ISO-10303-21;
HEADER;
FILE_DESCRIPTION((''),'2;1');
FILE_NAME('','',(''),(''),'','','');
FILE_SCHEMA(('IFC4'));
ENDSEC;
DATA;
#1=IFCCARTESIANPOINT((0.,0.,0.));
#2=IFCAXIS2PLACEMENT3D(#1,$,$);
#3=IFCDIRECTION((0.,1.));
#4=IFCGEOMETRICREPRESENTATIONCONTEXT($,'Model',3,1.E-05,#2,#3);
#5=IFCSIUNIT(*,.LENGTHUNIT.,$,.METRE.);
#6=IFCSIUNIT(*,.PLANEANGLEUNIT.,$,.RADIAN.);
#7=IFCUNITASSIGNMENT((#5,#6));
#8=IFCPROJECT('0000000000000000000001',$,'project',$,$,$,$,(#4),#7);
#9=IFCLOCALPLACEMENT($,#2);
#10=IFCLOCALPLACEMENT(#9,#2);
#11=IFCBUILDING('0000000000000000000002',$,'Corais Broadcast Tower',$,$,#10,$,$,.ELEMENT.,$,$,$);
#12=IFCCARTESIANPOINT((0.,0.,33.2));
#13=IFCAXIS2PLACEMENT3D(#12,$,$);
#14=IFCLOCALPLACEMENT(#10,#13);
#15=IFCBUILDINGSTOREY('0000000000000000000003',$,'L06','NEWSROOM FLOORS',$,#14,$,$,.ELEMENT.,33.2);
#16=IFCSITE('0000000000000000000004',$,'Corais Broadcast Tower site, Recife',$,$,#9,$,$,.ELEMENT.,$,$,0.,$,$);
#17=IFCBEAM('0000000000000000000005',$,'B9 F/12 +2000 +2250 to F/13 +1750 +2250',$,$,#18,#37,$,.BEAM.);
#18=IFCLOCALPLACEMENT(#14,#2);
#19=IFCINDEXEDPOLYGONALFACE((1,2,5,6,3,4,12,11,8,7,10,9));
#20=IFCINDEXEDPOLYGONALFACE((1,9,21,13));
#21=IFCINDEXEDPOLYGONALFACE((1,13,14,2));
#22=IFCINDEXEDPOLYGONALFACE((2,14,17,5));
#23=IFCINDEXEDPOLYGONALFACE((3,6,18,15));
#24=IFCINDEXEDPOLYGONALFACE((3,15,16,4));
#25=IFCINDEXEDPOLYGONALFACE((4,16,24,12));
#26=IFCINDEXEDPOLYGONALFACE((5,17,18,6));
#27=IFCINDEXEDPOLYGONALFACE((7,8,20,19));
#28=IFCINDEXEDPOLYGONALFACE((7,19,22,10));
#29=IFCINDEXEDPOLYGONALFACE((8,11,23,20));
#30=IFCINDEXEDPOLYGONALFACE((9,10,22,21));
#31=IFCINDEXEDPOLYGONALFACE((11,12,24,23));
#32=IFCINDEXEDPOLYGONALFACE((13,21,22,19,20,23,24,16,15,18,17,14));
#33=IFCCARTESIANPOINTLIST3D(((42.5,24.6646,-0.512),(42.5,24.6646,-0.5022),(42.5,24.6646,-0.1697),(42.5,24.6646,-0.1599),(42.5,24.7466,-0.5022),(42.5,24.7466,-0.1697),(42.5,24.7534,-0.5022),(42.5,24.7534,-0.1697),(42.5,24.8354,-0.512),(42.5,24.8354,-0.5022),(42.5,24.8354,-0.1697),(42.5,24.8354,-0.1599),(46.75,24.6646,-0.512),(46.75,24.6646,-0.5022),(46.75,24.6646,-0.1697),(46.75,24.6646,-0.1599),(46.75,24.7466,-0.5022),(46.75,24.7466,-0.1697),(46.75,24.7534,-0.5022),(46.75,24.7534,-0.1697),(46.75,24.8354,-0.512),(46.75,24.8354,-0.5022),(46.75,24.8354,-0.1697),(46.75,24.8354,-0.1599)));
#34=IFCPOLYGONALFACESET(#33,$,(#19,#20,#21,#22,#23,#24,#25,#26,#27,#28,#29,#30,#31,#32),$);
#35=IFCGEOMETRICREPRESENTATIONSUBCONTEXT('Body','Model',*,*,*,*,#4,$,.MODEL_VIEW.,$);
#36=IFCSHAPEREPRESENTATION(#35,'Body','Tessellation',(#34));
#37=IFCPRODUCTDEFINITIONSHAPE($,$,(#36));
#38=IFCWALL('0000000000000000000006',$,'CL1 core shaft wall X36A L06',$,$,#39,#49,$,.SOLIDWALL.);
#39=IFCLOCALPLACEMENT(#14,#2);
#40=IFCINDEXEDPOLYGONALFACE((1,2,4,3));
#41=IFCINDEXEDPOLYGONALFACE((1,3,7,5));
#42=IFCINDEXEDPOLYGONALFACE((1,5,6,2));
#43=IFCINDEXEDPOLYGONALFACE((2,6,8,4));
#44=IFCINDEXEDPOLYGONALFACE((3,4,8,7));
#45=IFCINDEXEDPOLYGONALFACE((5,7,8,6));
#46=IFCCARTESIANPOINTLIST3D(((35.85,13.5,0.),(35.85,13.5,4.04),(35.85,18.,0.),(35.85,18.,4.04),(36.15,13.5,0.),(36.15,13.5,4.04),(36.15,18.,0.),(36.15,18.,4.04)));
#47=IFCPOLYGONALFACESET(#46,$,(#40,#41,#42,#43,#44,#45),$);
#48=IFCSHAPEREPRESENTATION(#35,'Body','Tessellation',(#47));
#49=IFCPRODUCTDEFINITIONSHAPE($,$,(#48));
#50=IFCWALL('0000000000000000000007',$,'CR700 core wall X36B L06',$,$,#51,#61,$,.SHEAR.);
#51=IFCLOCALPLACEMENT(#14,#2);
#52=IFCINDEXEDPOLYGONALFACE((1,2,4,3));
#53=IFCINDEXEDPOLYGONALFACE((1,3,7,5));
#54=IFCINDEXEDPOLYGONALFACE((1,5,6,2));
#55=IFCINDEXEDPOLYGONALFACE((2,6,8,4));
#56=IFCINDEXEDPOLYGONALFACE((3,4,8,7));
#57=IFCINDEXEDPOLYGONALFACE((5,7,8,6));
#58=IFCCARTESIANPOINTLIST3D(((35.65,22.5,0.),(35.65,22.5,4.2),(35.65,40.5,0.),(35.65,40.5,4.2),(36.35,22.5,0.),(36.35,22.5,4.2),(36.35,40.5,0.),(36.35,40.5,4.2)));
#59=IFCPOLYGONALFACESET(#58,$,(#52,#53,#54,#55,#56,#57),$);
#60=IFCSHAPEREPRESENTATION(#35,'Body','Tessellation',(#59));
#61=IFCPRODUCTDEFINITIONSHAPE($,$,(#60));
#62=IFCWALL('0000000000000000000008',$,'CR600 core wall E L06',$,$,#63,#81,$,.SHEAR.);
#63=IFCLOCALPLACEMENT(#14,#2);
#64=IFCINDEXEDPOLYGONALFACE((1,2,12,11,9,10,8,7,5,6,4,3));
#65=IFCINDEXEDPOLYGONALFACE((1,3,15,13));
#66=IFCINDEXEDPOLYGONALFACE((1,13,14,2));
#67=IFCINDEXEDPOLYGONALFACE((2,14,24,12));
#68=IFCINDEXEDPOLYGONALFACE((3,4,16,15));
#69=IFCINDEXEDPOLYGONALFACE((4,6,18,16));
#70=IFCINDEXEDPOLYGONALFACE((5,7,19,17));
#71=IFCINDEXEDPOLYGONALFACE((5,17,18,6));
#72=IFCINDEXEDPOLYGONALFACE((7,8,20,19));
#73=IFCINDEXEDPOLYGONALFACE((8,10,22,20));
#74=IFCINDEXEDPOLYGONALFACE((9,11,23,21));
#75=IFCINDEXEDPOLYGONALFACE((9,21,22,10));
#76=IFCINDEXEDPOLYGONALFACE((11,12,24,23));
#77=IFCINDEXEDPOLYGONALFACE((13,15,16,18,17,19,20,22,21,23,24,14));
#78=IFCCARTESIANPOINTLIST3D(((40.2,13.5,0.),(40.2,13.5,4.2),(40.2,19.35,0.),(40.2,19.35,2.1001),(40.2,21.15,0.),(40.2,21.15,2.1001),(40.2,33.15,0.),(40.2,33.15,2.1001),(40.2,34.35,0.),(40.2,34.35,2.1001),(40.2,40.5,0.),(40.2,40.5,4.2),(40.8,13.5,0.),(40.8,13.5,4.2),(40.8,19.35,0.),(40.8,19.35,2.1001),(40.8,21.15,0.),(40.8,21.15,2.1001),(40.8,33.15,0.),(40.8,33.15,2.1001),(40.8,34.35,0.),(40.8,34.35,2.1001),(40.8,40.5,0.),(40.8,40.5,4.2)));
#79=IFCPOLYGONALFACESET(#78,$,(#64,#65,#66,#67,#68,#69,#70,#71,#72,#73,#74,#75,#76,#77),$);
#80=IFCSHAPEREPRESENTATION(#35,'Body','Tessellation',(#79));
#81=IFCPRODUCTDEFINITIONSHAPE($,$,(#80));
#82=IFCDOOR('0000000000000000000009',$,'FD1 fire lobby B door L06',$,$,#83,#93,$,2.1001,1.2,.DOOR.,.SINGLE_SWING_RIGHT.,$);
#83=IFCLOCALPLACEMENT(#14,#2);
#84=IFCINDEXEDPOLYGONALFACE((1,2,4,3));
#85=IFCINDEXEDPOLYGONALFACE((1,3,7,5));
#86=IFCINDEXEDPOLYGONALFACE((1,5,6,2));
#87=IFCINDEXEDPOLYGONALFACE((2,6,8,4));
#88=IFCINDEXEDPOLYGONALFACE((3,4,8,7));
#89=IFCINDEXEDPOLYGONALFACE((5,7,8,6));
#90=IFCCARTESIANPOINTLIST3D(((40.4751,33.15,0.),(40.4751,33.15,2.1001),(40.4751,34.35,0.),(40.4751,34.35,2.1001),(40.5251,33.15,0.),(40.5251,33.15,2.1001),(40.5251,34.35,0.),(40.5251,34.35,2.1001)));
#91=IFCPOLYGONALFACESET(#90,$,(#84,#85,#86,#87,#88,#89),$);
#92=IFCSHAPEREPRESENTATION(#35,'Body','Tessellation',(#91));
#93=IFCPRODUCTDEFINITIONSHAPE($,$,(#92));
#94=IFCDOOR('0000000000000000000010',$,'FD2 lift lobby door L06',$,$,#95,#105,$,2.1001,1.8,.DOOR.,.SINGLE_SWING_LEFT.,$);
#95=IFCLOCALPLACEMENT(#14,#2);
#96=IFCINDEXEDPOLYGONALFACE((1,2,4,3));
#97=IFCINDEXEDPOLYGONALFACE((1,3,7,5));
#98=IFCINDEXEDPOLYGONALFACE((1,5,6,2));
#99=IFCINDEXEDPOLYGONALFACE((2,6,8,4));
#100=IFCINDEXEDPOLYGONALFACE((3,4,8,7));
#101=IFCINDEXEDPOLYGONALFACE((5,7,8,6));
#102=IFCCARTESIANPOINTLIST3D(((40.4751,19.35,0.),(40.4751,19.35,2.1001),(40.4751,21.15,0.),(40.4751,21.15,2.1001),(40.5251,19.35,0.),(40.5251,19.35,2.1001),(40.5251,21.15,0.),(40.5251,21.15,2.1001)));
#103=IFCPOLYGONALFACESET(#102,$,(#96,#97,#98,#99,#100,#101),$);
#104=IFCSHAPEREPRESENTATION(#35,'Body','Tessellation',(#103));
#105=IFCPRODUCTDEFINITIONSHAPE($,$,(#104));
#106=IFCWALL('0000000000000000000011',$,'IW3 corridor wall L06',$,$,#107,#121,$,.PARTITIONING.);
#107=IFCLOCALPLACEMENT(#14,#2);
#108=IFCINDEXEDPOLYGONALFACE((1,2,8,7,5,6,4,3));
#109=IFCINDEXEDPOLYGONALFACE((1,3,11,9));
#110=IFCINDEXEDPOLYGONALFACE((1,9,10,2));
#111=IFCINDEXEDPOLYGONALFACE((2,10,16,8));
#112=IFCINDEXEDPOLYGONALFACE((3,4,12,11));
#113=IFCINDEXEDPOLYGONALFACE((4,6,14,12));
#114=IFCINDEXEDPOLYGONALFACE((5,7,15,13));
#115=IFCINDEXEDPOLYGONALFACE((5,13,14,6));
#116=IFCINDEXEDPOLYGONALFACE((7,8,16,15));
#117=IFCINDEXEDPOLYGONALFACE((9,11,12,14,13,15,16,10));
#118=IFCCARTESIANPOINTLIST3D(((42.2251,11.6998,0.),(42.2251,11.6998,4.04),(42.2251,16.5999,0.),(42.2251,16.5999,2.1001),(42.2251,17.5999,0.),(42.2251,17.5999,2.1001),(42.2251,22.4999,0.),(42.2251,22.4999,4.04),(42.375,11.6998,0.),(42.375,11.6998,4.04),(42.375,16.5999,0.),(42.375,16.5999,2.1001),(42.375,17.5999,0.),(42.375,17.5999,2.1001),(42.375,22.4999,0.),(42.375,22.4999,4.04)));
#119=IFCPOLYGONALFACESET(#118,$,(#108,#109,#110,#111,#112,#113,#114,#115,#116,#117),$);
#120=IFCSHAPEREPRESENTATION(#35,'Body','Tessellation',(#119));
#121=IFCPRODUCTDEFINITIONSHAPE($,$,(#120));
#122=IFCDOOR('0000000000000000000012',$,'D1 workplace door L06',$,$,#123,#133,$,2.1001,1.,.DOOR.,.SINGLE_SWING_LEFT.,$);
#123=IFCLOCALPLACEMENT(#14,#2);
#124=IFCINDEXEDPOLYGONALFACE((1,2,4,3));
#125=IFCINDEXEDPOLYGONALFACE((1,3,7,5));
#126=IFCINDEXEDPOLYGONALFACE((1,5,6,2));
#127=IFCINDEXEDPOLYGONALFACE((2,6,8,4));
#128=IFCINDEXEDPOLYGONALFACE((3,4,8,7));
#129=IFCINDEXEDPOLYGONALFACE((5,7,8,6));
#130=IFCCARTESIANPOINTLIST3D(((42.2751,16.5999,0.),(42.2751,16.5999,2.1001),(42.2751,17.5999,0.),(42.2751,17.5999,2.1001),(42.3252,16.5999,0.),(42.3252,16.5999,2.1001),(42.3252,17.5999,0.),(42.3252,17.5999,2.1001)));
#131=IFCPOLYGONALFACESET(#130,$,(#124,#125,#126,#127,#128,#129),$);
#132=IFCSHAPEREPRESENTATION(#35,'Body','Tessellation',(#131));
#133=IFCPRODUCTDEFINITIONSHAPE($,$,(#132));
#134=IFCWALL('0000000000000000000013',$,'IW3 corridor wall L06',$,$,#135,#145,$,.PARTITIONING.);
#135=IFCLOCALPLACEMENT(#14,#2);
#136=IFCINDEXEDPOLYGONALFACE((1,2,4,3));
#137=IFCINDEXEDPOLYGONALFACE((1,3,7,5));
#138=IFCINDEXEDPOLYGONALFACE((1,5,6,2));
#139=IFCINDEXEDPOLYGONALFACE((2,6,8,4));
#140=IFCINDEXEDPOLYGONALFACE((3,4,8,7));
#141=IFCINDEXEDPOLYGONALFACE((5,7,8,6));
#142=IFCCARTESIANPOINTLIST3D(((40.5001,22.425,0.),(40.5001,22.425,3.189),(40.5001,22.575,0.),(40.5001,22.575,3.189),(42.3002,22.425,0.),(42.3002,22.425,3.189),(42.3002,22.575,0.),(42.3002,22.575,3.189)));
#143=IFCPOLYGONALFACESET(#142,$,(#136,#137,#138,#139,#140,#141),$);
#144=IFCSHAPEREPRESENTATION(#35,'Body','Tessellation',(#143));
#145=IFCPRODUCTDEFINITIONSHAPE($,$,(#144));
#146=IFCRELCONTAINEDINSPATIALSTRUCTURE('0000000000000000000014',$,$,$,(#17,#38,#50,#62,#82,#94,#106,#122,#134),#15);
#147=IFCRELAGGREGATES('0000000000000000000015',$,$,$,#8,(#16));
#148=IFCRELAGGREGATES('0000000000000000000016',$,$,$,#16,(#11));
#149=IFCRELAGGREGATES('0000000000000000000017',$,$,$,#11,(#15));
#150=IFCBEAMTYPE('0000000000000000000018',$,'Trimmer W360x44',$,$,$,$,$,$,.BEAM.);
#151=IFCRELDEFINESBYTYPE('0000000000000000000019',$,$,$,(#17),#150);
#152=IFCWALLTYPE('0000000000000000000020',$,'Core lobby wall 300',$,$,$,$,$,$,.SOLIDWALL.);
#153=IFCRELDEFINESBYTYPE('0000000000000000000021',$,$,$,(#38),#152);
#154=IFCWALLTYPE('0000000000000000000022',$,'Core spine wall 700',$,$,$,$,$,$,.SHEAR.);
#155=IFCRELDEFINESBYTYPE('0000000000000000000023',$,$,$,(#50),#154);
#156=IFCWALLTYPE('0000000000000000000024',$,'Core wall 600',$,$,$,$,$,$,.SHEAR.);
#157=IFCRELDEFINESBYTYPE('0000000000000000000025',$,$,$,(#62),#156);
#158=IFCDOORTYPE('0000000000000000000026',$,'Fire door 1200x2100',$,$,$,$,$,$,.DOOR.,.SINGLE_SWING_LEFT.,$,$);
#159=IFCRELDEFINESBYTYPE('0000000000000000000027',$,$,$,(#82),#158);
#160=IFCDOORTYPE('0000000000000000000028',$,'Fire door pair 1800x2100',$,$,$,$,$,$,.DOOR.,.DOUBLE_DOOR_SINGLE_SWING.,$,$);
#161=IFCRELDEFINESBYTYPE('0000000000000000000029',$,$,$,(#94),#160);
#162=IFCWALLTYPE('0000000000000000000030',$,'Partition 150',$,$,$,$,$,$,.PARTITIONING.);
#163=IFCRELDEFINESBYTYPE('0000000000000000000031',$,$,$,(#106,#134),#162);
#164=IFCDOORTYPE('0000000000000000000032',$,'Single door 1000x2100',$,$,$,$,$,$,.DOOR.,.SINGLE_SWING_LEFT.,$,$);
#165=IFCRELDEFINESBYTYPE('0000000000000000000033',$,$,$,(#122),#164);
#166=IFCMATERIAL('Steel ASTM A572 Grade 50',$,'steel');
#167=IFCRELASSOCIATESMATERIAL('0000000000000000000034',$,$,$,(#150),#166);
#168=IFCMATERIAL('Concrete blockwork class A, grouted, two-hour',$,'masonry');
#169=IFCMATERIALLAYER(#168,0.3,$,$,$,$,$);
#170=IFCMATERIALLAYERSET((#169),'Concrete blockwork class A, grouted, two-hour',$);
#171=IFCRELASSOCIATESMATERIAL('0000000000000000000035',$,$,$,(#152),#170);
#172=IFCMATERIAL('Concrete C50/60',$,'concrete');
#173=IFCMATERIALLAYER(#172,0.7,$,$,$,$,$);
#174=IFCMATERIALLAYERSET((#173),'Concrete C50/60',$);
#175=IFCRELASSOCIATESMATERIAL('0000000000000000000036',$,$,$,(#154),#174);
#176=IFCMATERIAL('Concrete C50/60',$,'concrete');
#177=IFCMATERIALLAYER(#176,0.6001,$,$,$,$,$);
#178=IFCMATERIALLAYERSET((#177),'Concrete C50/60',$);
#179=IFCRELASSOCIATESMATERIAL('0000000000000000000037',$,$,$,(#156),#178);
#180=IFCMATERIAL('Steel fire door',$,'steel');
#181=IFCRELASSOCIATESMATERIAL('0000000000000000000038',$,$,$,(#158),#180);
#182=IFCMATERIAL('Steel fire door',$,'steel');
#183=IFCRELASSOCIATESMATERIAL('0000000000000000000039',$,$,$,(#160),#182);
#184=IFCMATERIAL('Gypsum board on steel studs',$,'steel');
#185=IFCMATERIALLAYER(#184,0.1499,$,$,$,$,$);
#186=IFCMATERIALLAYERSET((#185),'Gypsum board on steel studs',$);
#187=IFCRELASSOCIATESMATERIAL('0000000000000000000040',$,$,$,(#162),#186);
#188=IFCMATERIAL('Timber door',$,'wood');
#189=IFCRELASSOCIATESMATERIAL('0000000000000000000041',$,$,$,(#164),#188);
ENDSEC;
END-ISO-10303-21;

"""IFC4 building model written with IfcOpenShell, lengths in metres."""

from ifc_helpers import new_model, si_unit, direction, frame, frame_2d, origin, origin_2d, place, context, subcontext, project, spatial, rectangle, i_section, extrude, material, layer, layer_set, material_profile, profile_set, type_object, element, fill, save


model = new_model("IFC4")

# Units and contexts
model_context = context("Model", 3, precision=1e-05, world=origin(), true_north=direction((0.0, 1.0)))
body_context = subcontext(model_context, "Body", "Model", "MODEL_VIEW")
ifc_project = project(units=[si_unit("LENGTHUNIT", "METRE"), si_unit("PLANEANGLEUNIT", "RADIAN")], contexts=[model_context])

# Site, building, storey
site_placement = place(None, origin())
site = spatial("IfcSite", under=ifc_project, at=site_placement, Name="Corais Broadcast Tower site, Recife", CompositionType="ELEMENT", RefElevation=0.0)
building_placement = place(site_placement, origin())
building = spatial("IfcBuilding", under=site, at=building_placement, Name="Corais Broadcast Tower", CompositionType="ELEMENT")
storey_placement = place(building_placement, frame((0.0, 0.0, 33.2)))
storey = spatial("IfcBuildingStorey", under=building, at=storey_placement, Name="L06", Description="NEWSROOM FLOORS", CompositionType="ELEMENT", Elevation=33.2)

# Beam
ifc_material_1 = material(Name="Steel ASTM A572 Grade 50", Category="steel")
ifc_material_profile_1 = material_profile(ifc_material_1, i_section(OverallWidth=0.1709, OverallDepth=0.3521, WebThickness=0.0068, FlangeThickness=0.0098, at=origin_2d()), Name="W360x44")
ifc_profile_set_1 = profile_set([ifc_material_profile_1], Name="Steel ASTM A572 Grade 50")
beam_type_1 = type_object("IfcBeamType", Name="Trimmer W360x44", PredefinedType="BEAM", material=ifc_profile_set_1)
beam_1_placement = place(storey_placement, frame((42.5, 24.75, -0.3359), z_axis=(1.0, 0.0, 0.0), x_axis=(0.0, 1.0, 0.0)))
element("IfcBeam", 1, at=beam_1_placement, inside=storey, type_object=beam_type_1, Name="B9 F/12 +2000 +2250 to F/13 +1750 +2250", PredefinedType="BEAM", context=body_context, shape_type="SweptSolid", body=[
    extrude(i_section(OverallWidth=0.1709, OverallDepth=0.3521, WebThickness=0.0068, FlangeThickness=0.0098, at=origin_2d()), origin(), (0.0, 0.0, 1.0), 4.25),
])

# Walls
ifc_material_2 = material(Name="Concrete blockwork class A, grouted, two-hour", Category="masonry")
ifc_layer_1 = layer(ifc_material_2, 0.3)
ifc_layer_set_1 = layer_set([ifc_layer_1], Name="Concrete blockwork class A, grouted, two-hour")
wall_type_1 = type_object("IfcWallType", Name="Core lobby wall 300", PredefinedType="SOLIDWALL", material=ifc_layer_set_1)
wall_1_placement = place(storey_placement, frame((36.0, 13.5, 0.0), z_axis=(0.0, 0.0, 1.0), x_axis=(0.0, 1.0, 0.0)))
element("IfcWall", 2, at=wall_1_placement, inside=storey, type_object=wall_type_1, Name="CL1 core shaft wall X36A L06", PredefinedType="SOLIDWALL", context=body_context, shape_type="SweptSolid", body=[
    extrude(rectangle(XDim=4.5, YDim=0.3, at=frame_2d((2.25, 0.0))), origin(), (0.0, 0.0, 1.0), 4.04),
])
ifc_material_3 = material(Name="Concrete C50/60", Category="concrete")
ifc_layer_2 = layer(ifc_material_3, 0.7)
ifc_layer_set_2 = layer_set([ifc_layer_2], Name="Concrete C50/60")
wall_type_2 = type_object("IfcWallType", Name="Core spine wall 700", PredefinedType="SHEAR", material=ifc_layer_set_2)
wall_2_placement = place(storey_placement, frame((36.0, 22.5, 0.0), z_axis=(0.0, 0.0, 1.0), x_axis=(0.0, 1.0, 0.0)))
element("IfcWall", 3, at=wall_2_placement, inside=storey, type_object=wall_type_2, Name="CR700 core wall X36B L06", PredefinedType="SHEAR", context=body_context, shape_type="SweptSolid", body=[
    extrude(rectangle(XDim=18.0, YDim=0.7, at=frame_2d((9.0, 0.0))), origin(), (0.0, 0.0, 1.0), 4.2),
])

# Wall, openings, doors
ifc_material_4 = material(Name="Concrete C50/60", Category="concrete")
ifc_layer_3 = layer(ifc_material_4, 0.6001)
ifc_layer_set_3 = layer_set([ifc_layer_3], Name="Concrete C50/60")
wall_type_3 = type_object("IfcWallType", Name="Core wall 600", PredefinedType="SHEAR", material=ifc_layer_set_3)
wall_3_placement = place(storey_placement, frame((40.5, 13.5, 0.0), z_axis=(0.0, 0.0, 1.0), x_axis=(0.0, 1.0, 0.0)))
wall_3 = element("IfcWall", 4, at=wall_3_placement, inside=storey, type_object=wall_type_3, Name="CR600 core wall E L06", PredefinedType="SHEAR", context=body_context, shape_type="SweptSolid", body=[
    extrude(rectangle(XDim=27.0, YDim=0.6001, at=frame_2d((13.5, 0.0))), origin(), (0.0, 0.0, 1.0), 4.2),
])
opening_1_placement = place(wall_3_placement, frame((5.8501, 0.0, 0.0)))
opening_1 = element("IfcOpeningElement", 5, at=opening_1_placement, cuts=wall_3, PredefinedType="OPENING", context=body_context, shape_type="SweptSolid", body=[
    extrude(rectangle(XDim=1.8, YDim=2.1001, at=frame_2d((0.8999, 1.05))), frame((0.0, 0.3101, 0.0), z_axis=(0.0, -1.0, 0.0), x_axis=(1.0, 0.0, 0.0)), (0.0, 0.0, 1.0), 0.6201),
])
opening_2_placement = place(wall_3_placement, frame((19.6499, 0.0, 0.0)))
opening_2 = element("IfcOpeningElement", 6, at=opening_2_placement, cuts=wall_3, PredefinedType="OPENING", context=body_context, shape_type="SweptSolid", body=[
    extrude(rectangle(XDim=1.2, YDim=2.1001, at=frame_2d((0.6001, 1.05))), frame((0.0, 0.3101, 0.0), z_axis=(0.0, -1.0, 0.0), x_axis=(1.0, 0.0, 0.0)), (0.0, 0.0, 1.0), 0.6201),
])
ifc_material_5 = material(Name="Steel fire door", Category="steel")
door_type_1 = type_object("IfcDoorType", Name="Fire door 1200x2100", OperationType="SINGLE_SWING_LEFT", PredefinedType="DOOR", material=ifc_material_5)
door_1_placement = place(opening_2_placement, origin())
door_1 = element("IfcDoor", 7, at=door_1_placement, inside=storey, type_object=door_type_1, Name="FD1 fire lobby B door L06", OperationType="SINGLE_SWING_RIGHT", OverallHeight=2.1001, OverallWidth=1.2, PredefinedType="DOOR", context=body_context, shape_type="SweptSolid", body=[
    extrude(rectangle(XDim=1.2, YDim=2.1001, at=frame_2d((0.6001, 1.05))), frame((0.0, 0.0249, 0.0), z_axis=(0.0, -1.0, 0.0), x_axis=(1.0, 0.0, 0.0)), (0.0, 0.0, 1.0), 0.05),
])
fill(opening_2, door_1)
ifc_material_6 = material(Name="Steel fire door", Category="steel")
door_type_2 = type_object("IfcDoorType", Name="Fire door pair 1800x2100", OperationType="DOUBLE_DOOR_SINGLE_SWING", PredefinedType="DOOR", material=ifc_material_6)
door_2_placement = place(opening_1_placement, origin())
door_2 = element("IfcDoor", 8, at=door_2_placement, inside=storey, type_object=door_type_2, Name="FD2 lift lobby door L06", OperationType="SINGLE_SWING_LEFT", OverallHeight=2.1001, OverallWidth=1.8, PredefinedType="DOOR", context=body_context, shape_type="SweptSolid", body=[
    extrude(rectangle(XDim=1.8, YDim=2.1001, at=frame_2d((0.8999, 1.05))), frame((0.0, 0.0249, 0.0), z_axis=(0.0, -1.0, 0.0), x_axis=(1.0, 0.0, 0.0)), (0.0, 0.0, 1.0), 0.05),
])
fill(opening_1, door_2)

# Wall, opening, door
ifc_material_7 = material(Name="Gypsum board on steel studs", Category="steel")
ifc_layer_4 = layer(ifc_material_7, 0.1499)
ifc_layer_set_4 = layer_set([ifc_layer_4], Name="Gypsum board on steel studs")
wall_type_4 = type_object("IfcWallType", Name="Partition 150", PredefinedType="PARTITIONING", material=ifc_layer_set_4)
wall_4_placement = place(storey_placement, frame((42.3, 11.7, 0.0), z_axis=(0.0, 0.0, 1.0), x_axis=(0.0, 1.0, 0.0)))
wall_4 = element("IfcWall", 9, at=wall_4_placement, inside=storey, type_object=wall_type_4, Name="IW3 corridor wall L06", PredefinedType="PARTITIONING", context=body_context, shape_type="SweptSolid", body=[
    extrude(rectangle(XDim=10.8, YDim=0.1499, at=frame_2d((5.3999, 0.0))), origin(), (0.0, 0.0, 1.0), 4.04),
])
opening_3_placement = place(wall_4_placement, frame((4.8999, 0.0, 0.0)))
opening_3 = element("IfcOpeningElement", 10, at=opening_3_placement, cuts=wall_4, PredefinedType="OPENING", context=body_context, shape_type="SweptSolid", body=[
    extrude(rectangle(XDim=1.0, YDim=2.1001, at=frame_2d((0.5, 1.05))), frame((0.0, 0.085, 0.0), z_axis=(0.0, -1.0, 0.0), x_axis=(1.0, 0.0, 0.0)), (0.0, 0.0, 1.0), 0.1699),
])
ifc_material_8 = material(Name="Timber door", Category="wood")
door_type_3 = type_object("IfcDoorType", Name="Single door 1000x2100", OperationType="SINGLE_SWING_LEFT", PredefinedType="DOOR", material=ifc_material_8)
door_3_placement = place(opening_3_placement, origin())
door_3 = element("IfcDoor", 11, at=door_3_placement, inside=storey, type_object=door_type_3, Name="D1 workplace door L06", OperationType="SINGLE_SWING_LEFT", OverallHeight=2.1001, OverallWidth=1.0, PredefinedType="DOOR", context=body_context, shape_type="SweptSolid", body=[
    extrude(rectangle(XDim=1.0, YDim=2.1001, at=frame_2d((0.5, 1.05))), frame((0.0, 0.0249, 0.0), z_axis=(0.0, -1.0, 0.0), x_axis=(1.0, 0.0, 0.0)), (0.0, 0.0, 1.0), 0.05),
])
fill(opening_3, door_3)

# Wall
wall_5_placement = place(storey_placement, frame((42.3, 22.5, 0.0), z_axis=(0.0, 0.0, 1.0), x_axis=(-1.0, 0.0, 0.0)))
element("IfcWall", 12, at=wall_5_placement, inside=storey, type_object=wall_type_4, Name="IW3 corridor wall L06", PredefinedType="PARTITIONING", context=body_context, shape_type="SweptSolid", body=[
    extrude(rectangle(XDim=1.8, YDim=0.1499, at=frame_2d((0.8999, 0.0))), origin(), (0.0, 0.0, 1.0), 3.189),
])

save(model, "model.ifc")
